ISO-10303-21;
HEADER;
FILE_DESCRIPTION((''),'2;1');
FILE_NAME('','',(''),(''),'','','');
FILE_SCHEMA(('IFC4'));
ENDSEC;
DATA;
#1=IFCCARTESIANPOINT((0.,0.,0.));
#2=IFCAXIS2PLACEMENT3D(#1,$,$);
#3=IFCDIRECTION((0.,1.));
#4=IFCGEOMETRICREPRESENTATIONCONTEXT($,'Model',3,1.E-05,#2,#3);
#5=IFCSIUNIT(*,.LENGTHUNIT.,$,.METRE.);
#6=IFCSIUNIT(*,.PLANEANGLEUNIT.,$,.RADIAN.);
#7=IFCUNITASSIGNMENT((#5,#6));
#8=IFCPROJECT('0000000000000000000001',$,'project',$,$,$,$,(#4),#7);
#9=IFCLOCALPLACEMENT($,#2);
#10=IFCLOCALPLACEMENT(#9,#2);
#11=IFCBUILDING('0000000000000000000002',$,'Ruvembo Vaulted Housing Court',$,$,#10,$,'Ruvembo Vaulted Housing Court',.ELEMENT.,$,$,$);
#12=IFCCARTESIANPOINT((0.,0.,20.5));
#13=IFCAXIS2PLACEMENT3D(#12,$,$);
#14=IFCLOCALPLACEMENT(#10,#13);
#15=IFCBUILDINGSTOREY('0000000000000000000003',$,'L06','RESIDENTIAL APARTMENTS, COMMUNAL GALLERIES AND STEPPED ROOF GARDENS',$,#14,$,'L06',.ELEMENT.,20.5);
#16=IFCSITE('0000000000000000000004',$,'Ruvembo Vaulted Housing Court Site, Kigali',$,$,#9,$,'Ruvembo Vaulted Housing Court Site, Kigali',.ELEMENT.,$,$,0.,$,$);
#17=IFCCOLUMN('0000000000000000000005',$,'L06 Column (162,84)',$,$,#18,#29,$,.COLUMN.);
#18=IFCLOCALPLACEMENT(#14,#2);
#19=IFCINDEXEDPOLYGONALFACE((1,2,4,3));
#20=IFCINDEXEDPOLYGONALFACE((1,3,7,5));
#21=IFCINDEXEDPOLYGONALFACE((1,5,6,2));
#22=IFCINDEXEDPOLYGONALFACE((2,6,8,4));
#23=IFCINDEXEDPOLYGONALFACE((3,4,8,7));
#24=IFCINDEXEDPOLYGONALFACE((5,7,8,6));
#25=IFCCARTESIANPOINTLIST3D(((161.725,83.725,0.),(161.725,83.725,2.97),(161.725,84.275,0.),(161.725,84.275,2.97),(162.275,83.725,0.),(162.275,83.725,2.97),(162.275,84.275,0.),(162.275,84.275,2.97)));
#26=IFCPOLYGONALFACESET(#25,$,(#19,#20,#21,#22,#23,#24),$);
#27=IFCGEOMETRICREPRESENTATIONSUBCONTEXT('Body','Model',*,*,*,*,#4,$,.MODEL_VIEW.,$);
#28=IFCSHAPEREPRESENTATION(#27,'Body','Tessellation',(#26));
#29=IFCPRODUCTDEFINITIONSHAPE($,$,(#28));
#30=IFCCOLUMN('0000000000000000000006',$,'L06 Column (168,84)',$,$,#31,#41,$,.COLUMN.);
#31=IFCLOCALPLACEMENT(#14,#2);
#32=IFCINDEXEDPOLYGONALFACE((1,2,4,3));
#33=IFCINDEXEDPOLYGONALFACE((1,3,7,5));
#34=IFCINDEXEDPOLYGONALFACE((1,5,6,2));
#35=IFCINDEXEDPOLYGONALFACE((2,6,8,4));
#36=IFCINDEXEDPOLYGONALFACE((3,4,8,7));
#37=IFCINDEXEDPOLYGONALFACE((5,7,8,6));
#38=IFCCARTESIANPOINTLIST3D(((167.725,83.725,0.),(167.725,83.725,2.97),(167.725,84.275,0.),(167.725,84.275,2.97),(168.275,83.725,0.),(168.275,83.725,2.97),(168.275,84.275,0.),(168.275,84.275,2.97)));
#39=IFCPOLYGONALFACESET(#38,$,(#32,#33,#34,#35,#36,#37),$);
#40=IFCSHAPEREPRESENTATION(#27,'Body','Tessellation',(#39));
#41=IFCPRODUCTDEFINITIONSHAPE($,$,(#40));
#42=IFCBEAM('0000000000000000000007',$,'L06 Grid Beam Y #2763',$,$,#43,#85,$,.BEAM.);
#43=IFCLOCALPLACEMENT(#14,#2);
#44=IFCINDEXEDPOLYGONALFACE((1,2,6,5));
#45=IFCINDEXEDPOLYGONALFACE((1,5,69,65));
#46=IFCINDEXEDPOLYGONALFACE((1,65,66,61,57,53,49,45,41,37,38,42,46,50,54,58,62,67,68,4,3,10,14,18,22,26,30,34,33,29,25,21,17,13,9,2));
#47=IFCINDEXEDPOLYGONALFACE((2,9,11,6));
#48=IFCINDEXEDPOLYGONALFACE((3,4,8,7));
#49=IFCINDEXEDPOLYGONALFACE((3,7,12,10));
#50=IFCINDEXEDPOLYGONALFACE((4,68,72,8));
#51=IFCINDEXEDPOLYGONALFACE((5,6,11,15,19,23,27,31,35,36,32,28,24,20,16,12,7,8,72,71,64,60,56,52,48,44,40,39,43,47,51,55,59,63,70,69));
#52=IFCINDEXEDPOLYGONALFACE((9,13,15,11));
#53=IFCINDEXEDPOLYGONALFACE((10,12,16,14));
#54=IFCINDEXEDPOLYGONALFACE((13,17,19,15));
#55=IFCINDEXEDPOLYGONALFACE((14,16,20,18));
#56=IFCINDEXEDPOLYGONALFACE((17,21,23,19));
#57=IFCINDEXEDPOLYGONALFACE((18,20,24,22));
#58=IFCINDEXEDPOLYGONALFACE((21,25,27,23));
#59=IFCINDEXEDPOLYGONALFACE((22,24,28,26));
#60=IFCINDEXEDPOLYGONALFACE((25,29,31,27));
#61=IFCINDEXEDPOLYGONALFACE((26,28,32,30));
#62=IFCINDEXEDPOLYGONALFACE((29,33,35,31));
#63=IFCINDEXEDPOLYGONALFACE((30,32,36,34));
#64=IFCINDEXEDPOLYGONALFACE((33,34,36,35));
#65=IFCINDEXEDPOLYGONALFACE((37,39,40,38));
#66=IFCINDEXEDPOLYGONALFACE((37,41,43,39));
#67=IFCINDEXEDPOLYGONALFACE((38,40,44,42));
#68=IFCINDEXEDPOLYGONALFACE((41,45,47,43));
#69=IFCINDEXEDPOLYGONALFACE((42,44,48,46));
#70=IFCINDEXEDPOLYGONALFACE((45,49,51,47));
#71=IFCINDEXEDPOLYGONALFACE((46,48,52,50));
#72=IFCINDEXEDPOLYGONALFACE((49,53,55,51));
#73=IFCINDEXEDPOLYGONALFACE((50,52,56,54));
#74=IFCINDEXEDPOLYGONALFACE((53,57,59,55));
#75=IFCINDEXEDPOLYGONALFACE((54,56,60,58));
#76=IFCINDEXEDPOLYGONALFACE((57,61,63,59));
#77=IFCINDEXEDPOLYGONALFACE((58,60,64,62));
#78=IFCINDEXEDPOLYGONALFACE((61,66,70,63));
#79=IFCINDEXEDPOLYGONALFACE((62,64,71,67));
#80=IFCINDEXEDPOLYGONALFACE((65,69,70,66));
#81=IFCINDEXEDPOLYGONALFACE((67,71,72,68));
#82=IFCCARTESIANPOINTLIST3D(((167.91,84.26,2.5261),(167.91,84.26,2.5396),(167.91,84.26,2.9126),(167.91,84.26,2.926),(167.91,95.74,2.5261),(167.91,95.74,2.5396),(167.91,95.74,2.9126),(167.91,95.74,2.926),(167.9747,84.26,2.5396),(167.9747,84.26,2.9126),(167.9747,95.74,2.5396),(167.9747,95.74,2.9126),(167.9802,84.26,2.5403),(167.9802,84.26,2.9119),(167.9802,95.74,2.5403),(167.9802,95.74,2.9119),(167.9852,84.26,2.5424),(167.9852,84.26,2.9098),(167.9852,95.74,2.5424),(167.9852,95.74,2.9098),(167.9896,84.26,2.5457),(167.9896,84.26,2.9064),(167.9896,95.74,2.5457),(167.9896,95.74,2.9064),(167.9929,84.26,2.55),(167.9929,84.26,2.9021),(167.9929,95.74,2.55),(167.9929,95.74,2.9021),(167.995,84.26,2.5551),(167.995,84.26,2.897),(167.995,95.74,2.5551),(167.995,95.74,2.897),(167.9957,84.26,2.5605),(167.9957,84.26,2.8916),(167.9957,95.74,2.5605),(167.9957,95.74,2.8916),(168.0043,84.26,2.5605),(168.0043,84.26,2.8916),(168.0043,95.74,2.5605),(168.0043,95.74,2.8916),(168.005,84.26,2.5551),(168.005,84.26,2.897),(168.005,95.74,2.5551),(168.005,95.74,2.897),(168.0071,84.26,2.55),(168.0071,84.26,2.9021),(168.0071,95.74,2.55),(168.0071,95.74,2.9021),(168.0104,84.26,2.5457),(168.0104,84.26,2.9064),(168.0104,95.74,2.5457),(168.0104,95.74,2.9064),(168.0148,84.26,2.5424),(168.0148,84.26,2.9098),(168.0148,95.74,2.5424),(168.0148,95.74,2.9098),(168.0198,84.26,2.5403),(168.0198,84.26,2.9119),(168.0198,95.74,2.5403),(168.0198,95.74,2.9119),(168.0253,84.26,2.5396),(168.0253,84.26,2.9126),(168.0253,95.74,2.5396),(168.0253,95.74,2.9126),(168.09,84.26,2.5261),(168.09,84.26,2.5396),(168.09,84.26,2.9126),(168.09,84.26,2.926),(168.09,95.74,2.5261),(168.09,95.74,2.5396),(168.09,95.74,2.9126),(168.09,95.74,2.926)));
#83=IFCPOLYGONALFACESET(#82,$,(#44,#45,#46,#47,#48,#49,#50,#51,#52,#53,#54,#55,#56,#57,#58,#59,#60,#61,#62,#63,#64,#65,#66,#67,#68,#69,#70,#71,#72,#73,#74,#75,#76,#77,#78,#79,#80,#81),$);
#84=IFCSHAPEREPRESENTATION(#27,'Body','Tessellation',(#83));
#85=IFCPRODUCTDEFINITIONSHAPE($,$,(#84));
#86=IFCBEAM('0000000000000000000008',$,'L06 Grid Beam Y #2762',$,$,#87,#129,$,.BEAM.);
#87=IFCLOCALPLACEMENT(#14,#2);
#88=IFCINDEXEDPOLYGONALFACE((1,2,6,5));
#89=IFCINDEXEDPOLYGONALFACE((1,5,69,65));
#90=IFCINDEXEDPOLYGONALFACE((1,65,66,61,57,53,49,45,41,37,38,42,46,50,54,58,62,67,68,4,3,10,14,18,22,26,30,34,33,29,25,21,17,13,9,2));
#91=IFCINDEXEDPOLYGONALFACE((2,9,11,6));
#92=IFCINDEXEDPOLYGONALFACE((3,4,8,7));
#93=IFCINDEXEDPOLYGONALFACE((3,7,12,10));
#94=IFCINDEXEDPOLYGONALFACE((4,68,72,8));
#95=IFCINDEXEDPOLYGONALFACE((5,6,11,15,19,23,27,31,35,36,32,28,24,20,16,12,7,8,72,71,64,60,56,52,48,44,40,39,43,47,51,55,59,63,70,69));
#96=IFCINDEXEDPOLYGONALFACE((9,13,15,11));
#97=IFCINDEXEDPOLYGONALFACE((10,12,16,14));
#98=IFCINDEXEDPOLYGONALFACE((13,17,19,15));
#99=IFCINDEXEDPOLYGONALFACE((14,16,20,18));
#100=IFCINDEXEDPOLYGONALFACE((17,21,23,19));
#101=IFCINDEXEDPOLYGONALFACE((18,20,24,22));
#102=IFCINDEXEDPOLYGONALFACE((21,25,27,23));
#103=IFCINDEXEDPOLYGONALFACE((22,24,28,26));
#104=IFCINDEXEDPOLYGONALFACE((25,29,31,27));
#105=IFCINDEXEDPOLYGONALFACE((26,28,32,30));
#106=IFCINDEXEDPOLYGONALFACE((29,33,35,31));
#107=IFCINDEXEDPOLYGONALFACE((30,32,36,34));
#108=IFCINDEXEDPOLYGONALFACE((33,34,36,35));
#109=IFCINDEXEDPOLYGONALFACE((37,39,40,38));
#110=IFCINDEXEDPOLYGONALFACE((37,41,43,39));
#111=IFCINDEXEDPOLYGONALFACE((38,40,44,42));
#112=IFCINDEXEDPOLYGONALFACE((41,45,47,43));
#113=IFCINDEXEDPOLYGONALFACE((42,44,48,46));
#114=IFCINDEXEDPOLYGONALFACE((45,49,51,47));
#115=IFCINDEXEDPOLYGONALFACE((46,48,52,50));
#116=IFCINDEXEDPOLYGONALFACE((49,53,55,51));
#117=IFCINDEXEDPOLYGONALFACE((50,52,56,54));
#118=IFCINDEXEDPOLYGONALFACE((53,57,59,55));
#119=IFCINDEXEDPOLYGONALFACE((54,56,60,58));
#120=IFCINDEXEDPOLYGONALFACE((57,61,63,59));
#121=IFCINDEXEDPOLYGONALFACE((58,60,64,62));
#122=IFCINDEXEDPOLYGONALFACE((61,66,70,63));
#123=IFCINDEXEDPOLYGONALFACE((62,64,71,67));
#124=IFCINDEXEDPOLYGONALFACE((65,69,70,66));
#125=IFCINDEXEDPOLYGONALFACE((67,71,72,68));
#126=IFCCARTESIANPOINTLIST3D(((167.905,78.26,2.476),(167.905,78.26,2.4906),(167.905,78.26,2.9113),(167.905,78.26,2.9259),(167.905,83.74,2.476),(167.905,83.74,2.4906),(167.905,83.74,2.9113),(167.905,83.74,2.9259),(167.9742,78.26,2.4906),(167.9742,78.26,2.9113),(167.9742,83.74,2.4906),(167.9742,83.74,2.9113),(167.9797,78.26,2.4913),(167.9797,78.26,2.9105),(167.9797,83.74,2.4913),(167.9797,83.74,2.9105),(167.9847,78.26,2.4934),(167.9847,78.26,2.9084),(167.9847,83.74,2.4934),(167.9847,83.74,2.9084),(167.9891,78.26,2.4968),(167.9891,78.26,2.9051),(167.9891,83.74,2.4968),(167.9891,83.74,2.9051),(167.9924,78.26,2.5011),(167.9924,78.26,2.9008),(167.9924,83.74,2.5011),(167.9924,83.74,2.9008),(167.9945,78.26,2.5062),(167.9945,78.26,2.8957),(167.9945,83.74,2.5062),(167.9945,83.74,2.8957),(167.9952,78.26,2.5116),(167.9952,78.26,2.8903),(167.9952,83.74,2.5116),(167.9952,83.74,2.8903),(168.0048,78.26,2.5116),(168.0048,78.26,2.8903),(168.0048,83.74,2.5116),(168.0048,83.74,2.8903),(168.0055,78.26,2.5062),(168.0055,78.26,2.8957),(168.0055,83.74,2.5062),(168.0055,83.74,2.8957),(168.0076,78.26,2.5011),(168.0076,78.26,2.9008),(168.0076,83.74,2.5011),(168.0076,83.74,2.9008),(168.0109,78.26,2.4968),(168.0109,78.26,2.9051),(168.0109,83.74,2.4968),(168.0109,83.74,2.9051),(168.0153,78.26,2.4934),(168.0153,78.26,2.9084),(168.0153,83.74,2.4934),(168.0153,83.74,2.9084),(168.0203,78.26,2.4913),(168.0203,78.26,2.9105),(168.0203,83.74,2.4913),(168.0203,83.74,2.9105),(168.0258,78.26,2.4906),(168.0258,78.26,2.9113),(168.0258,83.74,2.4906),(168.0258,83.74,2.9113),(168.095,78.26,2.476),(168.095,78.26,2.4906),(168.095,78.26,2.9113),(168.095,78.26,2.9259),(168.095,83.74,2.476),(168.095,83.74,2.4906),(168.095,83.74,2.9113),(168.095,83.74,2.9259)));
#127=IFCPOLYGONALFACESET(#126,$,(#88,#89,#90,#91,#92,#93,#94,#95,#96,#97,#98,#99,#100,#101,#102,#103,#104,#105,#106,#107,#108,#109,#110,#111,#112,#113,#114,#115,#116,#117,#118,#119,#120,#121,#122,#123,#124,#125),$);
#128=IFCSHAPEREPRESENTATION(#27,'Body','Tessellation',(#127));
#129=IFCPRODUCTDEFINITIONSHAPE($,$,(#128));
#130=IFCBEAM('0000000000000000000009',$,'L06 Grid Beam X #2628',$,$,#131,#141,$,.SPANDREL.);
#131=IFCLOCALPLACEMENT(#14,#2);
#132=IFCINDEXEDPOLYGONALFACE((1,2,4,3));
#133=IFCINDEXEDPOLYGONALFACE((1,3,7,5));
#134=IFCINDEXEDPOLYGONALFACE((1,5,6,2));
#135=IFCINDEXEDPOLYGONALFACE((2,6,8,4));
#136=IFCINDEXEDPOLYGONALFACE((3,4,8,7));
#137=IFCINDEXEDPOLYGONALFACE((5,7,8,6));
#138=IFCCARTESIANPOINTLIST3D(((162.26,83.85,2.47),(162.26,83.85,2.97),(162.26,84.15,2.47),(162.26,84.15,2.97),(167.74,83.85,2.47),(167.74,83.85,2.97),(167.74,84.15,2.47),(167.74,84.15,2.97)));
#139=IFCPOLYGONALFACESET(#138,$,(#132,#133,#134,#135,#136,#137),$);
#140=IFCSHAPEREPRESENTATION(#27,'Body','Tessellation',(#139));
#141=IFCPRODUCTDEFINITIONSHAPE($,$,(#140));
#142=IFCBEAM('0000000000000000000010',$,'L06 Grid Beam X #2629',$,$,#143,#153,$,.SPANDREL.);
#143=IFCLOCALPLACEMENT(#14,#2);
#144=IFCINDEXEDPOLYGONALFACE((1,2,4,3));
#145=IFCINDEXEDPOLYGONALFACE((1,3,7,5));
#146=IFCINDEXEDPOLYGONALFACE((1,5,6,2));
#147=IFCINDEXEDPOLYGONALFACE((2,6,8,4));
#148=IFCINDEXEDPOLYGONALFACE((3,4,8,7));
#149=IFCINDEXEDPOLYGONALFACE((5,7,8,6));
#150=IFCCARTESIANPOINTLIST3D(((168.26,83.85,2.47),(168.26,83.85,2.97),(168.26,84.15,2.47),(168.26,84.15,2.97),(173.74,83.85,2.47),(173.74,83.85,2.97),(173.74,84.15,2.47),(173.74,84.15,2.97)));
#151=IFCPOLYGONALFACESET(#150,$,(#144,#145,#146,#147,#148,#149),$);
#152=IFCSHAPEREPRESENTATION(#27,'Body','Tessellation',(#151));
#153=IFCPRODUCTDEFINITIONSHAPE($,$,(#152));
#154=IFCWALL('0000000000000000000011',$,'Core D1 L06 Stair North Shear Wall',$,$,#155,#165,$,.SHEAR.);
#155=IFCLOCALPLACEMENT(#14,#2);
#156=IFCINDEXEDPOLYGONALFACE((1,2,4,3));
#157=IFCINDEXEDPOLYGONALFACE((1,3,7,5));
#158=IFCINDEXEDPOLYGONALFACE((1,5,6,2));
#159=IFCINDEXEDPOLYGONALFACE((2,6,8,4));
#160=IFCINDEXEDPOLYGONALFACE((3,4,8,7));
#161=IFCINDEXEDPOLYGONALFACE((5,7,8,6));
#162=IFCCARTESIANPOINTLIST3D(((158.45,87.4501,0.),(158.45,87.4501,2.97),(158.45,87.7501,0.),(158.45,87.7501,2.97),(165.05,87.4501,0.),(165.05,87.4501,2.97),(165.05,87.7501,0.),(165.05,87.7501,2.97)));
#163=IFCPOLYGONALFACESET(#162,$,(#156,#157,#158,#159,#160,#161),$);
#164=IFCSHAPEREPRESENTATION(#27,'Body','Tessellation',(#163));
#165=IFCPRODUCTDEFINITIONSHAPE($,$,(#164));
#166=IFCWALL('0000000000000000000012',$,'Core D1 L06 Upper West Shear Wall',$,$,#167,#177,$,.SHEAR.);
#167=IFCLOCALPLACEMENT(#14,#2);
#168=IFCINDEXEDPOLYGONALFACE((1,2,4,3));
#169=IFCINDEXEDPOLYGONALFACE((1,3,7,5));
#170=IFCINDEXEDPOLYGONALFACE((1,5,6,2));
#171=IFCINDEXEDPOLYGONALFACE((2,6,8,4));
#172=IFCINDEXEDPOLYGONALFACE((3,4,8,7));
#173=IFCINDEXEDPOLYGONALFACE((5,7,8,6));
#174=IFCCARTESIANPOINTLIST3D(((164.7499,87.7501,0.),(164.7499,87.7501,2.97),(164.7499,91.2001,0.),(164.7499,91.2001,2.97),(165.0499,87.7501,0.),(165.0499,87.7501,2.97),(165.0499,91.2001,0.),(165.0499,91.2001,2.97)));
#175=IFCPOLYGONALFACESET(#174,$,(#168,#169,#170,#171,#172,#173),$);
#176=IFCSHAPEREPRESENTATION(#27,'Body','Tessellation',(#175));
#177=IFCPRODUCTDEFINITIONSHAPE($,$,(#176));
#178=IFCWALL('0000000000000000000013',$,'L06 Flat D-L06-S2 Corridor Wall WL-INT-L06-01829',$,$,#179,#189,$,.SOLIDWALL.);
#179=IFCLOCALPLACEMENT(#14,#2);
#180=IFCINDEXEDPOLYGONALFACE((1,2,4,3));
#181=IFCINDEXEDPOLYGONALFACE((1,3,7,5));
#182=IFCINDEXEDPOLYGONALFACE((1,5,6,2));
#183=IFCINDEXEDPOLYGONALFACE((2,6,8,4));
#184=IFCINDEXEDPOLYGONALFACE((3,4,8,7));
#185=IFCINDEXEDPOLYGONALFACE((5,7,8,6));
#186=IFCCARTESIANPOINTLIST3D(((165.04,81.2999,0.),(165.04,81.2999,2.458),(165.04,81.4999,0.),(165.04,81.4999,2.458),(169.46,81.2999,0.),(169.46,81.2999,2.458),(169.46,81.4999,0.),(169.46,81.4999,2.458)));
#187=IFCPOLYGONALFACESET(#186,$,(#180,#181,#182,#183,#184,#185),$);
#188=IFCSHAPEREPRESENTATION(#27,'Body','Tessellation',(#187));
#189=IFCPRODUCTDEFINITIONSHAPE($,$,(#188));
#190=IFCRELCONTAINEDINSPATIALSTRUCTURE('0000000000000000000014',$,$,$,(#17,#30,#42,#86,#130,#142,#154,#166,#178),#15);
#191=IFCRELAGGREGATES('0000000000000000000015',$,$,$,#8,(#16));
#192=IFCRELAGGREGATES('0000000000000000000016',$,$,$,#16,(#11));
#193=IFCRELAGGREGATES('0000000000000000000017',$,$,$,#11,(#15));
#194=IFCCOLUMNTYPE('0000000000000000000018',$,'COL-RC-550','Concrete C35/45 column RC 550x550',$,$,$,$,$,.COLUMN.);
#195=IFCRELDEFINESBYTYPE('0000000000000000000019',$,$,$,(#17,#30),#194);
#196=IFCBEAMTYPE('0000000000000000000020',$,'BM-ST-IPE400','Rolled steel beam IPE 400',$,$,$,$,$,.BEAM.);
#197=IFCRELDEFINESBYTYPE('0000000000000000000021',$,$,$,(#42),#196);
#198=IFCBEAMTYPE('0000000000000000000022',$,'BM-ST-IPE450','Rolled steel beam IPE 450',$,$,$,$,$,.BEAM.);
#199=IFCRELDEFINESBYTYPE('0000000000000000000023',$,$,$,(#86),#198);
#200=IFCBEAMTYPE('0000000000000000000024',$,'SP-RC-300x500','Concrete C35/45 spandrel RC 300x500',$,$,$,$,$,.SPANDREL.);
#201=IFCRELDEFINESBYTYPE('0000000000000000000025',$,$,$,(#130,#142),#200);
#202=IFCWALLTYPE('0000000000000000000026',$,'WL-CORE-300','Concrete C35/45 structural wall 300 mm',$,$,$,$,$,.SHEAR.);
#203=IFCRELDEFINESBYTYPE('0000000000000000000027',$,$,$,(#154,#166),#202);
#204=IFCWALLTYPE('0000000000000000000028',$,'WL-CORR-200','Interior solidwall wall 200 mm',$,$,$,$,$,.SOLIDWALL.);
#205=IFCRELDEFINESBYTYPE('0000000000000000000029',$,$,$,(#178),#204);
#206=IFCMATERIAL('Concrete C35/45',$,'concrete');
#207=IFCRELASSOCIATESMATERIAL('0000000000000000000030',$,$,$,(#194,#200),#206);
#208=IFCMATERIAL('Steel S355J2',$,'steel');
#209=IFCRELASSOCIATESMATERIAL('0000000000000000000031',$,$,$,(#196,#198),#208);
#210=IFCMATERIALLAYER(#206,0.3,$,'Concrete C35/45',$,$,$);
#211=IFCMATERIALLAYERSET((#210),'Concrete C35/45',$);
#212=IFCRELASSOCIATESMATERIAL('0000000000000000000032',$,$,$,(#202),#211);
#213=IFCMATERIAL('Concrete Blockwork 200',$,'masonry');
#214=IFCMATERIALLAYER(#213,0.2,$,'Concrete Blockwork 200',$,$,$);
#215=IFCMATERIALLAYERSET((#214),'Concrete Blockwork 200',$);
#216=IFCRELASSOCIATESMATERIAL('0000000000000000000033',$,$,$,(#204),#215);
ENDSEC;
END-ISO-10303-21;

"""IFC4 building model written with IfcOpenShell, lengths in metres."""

from ifc_helpers import new_model, si_unit, direction, frame, frame_2d, origin, origin_2d, place, context, subcontext, project, spatial, rectangle, i_section, extrude, material, layer, layer_set, material_profile, profile_set, type_object, element, save


model = new_model("IFC4")

# Units and contexts
model_context = context("Model", 3, precision=1e-05, world=origin(), true_north=direction((0.0, 1.0)))
body_context = subcontext(model_context, "Body", "Model", "MODEL_VIEW")
ifc_project = project(units=[si_unit("LENGTHUNIT", "METRE"), si_unit("PLANEANGLEUNIT", "RADIAN")], contexts=[model_context])

# Site, building, storey
site_placement = place(None, origin())
site = spatial("IfcSite", under=ifc_project, at=site_placement, Name="Ruvembo Vaulted Housing Court Site, Kigali", LongName="Ruvembo Vaulted Housing Court Site, Kigali", CompositionType="ELEMENT", RefElevation=0.0)
building_placement = place(site_placement, origin())
building = spatial("IfcBuilding", under=site, at=building_placement, Name="Ruvembo Vaulted Housing Court", LongName="Ruvembo Vaulted Housing Court", CompositionType="ELEMENT")
storey_placement = place(building_placement, frame((0.0, 0.0, 20.5)))
storey = spatial("IfcBuildingStorey", under=building, at=storey_placement, Name="L06", Description="RESIDENTIAL APARTMENTS, COMMUNAL GALLERIES AND STEPPED ROOF GARDENS", LongName="L06", CompositionType="ELEMENT", Elevation=20.5)

# Columns
ifc_material_1 = material(Name="Concrete C35/45", Category="concrete")
ifc_material_profile_1 = material_profile(ifc_material_1, rectangle(XDim=0.55, YDim=0.55, at=origin_2d()), Name="RC 550x550")
ifc_profile_set_1 = profile_set([ifc_material_profile_1], Name="Concrete C35/45")
column_type = type_object("IfcColumnType", Name="COL-RC-550", Description="Concrete C35/45 column RC 550x550", PredefinedType="COLUMN", material=ifc_profile_set_1)
for number, where, z_axis, x_axis, name in (
    (1, (162.0, 84.0, 0.0), (0.0, 0.0, 1.0), (1.0, 0.0, 0.0), "L06 Column (162,84)"),
    (2, (168.0, 84.0, 0.0), (0.0, 0.0, 1.0), (1.0, 0.0, 0.0), "L06 Column (168,84)"),
):
    element("IfcColumn", number, at=place(storey_placement, frame(where, z_axis=z_axis, x_axis=x_axis)), inside=storey, type_object=column_type, Name=name, PredefinedType="COLUMN", context=body_context, shape_type="SweptSolid", body=[
        extrude(rectangle(XDim=0.55, YDim=0.55, at=origin_2d()), origin(), (0.0, 0.0, 1.0), 2.97),
    ])

# Beams
ifc_material_2 = material(Name="Steel S355J2", Category="steel")
ifc_material_profile_2 = material_profile(ifc_material_2, i_section(OverallWidth=0.1799, OverallDepth=0.3999, WebThickness=0.0085, FlangeThickness=0.0134, FilletRadius=0.021, at=origin_2d()), Name="IPE 400")
ifc_profile_set_2 = profile_set([ifc_material_profile_2], Name="Steel S355J2")
beam_type_1 = type_object("IfcBeamType", Name="BM-ST-IPE400", Description="Rolled steel beam IPE 400", PredefinedType="BEAM", material=ifc_profile_set_2)
beam_1_placement = place(storey_placement, frame((168.0, 84.26, 2.7261), z_axis=(0.0, 1.0, 0.0), x_axis=(-1.0, 0.0, 0.0)))
element("IfcBeam", 3, at=beam_1_placement, inside=storey, type_object=beam_type_1, Name="L06 Grid Beam Y #2763", PredefinedType="BEAM", context=body_context, shape_type="SweptSolid", body=[
    extrude(i_section(OverallWidth=0.1799, OverallDepth=0.3999, WebThickness=0.0085, FlangeThickness=0.0134, FilletRadius=0.021, at=origin_2d()), origin(), (0.0, 0.0, 1.0), 11.48),
])
ifc_material_profile_3 = material_profile(ifc_material_2, i_section(OverallWidth=0.1899, OverallDepth=0.45, WebThickness=0.0095, FlangeThickness=0.0146, FilletRadius=0.021, at=origin_2d()), Name="IPE 450")
ifc_profile_set_3 = profile_set([ifc_material_profile_3], Name="Steel S355J2")
beam_type_2 = type_object("IfcBeamType", Name="BM-ST-IPE450", Description="Rolled steel beam IPE 450", PredefinedType="BEAM", material=ifc_profile_set_3)
beam_2_placement = place(storey_placement, frame((168.0, 78.26, 2.7009), z_axis=(0.0, 1.0, 0.0), x_axis=(-1.0, 0.0, 0.0)))
element("IfcBeam", 4, at=beam_2_placement, inside=storey, type_object=beam_type_2, Name="L06 Grid Beam Y #2762", PredefinedType="BEAM", context=body_context, shape_type="SweptSolid", body=[
    extrude(i_section(OverallWidth=0.1899, OverallDepth=0.45, WebThickness=0.0095, FlangeThickness=0.0146, FilletRadius=0.021, at=origin_2d()), origin(), (0.0, 0.0, 1.0), 5.48),
])
ifc_material_profile_4 = material_profile(ifc_material_1, rectangle(XDim=0.3, YDim=0.5, at=origin_2d()), Name="RC 300x500")
ifc_profile_set_4 = profile_set([ifc_material_profile_4], Name="Concrete C35/45")
beam_type_3 = type_object("IfcBeamType", Name="SP-RC-300x500", Description="Concrete C35/45 spandrel RC 300x500", PredefinedType="SPANDREL", material=ifc_profile_set_4)
for number, where, z_axis, x_axis, name in (
    (5, (162.26, 84.0, 2.72), (1.0, 0.0, 0.0), (0.0, 1.0, 0.0), "L06 Grid Beam X #2628"),
    (6, (168.26, 84.0, 2.72), (1.0, 0.0, 0.0), (0.0, 1.0, 0.0), "L06 Grid Beam X #2629"),
):
    element("IfcBeam", number, at=place(storey_placement, frame(where, z_axis=z_axis, x_axis=x_axis)), inside=storey, type_object=beam_type_3, Name=name, PredefinedType="SPANDREL", context=body_context, shape_type="SweptSolid", body=[
        extrude(rectangle(XDim=0.3, YDim=0.5, at=origin_2d()), origin(), (0.0, 0.0, 1.0), 5.48),
    ])

# Wall
ifc_layer_1 = layer(ifc_material_1, 0.3, Name="Concrete C35/45")
ifc_layer_set_1 = layer_set([ifc_layer_1], Name="Concrete C35/45")
wall_type_1 = type_object("IfcWallType", Name="WL-CORE-300", Description="Concrete C35/45 structural wall 300 mm", PredefinedType="SHEAR", material=ifc_layer_set_1)
wall_1_placement = place(storey_placement, frame((165.05, 87.6001, 0.0), z_axis=(0.0, 0.0, 1.0), x_axis=(-1.0, 0.0, 0.0)))
element("IfcWall", 7, at=wall_1_placement, inside=storey, type_object=wall_type_1, Name="Core D1 L06 Stair North Shear Wall", PredefinedType="SHEAR", context=body_context, shape_type="SweptSolid", body=[
    extrude(rectangle(XDim=6.6001, YDim=0.3, at=frame_2d((3.3, 0.0))), origin(), (0.0, 0.0, 1.0), 2.97),
])

# Walls
wall_2_placement = place(storey_placement, frame((164.8999, 87.75, 0.0), z_axis=(0.0, 0.0, 1.0), x_axis=(0.0, 1.0, 0.0)))
element("IfcWall", 8, at=wall_2_placement, inside=storey, type_object=wall_type_1, Name="Core D1 L06 Upper West Shear Wall", PredefinedType="SHEAR", context=body_context, shape_type="SweptSolid", body=[
    extrude(rectangle(XDim=3.45, YDim=0.3, at=frame_2d((1.7251, 0.0))), origin(), (0.0, 0.0, 1.0), 2.97),
])
ifc_material_3 = material(Name="Concrete Blockwork 200", Category="masonry")
ifc_layer_2 = layer(ifc_material_3, 0.2, Name="Concrete Blockwork 200")
ifc_layer_set_2 = layer_set([ifc_layer_2], Name="Concrete Blockwork 200")
wall_type_2 = type_object("IfcWallType", Name="WL-CORR-200", Description="Interior solidwall wall 200 mm", PredefinedType="SOLIDWALL", material=ifc_layer_set_2)
wall_3_placement = place(storey_placement, frame((165.04, 81.3999, 0.0), z_axis=(0.0, 0.0, 1.0), x_axis=(1.0, 0.0, 0.0)))
element("IfcWall", 9, at=wall_3_placement, inside=storey, type_object=wall_type_2, Name="L06 Flat D-L06-S2 Corridor Wall WL-INT-L06-01829", PredefinedType="SOLIDWALL", context=body_context, shape_type="SweptSolid", body=[
    extrude(rectangle(XDim=4.4199, YDim=0.2, at=frame_2d((2.21, 0.0))), origin(), (0.0, 0.0, 1.0), 2.458),
])

save(model, "model.ifc")
